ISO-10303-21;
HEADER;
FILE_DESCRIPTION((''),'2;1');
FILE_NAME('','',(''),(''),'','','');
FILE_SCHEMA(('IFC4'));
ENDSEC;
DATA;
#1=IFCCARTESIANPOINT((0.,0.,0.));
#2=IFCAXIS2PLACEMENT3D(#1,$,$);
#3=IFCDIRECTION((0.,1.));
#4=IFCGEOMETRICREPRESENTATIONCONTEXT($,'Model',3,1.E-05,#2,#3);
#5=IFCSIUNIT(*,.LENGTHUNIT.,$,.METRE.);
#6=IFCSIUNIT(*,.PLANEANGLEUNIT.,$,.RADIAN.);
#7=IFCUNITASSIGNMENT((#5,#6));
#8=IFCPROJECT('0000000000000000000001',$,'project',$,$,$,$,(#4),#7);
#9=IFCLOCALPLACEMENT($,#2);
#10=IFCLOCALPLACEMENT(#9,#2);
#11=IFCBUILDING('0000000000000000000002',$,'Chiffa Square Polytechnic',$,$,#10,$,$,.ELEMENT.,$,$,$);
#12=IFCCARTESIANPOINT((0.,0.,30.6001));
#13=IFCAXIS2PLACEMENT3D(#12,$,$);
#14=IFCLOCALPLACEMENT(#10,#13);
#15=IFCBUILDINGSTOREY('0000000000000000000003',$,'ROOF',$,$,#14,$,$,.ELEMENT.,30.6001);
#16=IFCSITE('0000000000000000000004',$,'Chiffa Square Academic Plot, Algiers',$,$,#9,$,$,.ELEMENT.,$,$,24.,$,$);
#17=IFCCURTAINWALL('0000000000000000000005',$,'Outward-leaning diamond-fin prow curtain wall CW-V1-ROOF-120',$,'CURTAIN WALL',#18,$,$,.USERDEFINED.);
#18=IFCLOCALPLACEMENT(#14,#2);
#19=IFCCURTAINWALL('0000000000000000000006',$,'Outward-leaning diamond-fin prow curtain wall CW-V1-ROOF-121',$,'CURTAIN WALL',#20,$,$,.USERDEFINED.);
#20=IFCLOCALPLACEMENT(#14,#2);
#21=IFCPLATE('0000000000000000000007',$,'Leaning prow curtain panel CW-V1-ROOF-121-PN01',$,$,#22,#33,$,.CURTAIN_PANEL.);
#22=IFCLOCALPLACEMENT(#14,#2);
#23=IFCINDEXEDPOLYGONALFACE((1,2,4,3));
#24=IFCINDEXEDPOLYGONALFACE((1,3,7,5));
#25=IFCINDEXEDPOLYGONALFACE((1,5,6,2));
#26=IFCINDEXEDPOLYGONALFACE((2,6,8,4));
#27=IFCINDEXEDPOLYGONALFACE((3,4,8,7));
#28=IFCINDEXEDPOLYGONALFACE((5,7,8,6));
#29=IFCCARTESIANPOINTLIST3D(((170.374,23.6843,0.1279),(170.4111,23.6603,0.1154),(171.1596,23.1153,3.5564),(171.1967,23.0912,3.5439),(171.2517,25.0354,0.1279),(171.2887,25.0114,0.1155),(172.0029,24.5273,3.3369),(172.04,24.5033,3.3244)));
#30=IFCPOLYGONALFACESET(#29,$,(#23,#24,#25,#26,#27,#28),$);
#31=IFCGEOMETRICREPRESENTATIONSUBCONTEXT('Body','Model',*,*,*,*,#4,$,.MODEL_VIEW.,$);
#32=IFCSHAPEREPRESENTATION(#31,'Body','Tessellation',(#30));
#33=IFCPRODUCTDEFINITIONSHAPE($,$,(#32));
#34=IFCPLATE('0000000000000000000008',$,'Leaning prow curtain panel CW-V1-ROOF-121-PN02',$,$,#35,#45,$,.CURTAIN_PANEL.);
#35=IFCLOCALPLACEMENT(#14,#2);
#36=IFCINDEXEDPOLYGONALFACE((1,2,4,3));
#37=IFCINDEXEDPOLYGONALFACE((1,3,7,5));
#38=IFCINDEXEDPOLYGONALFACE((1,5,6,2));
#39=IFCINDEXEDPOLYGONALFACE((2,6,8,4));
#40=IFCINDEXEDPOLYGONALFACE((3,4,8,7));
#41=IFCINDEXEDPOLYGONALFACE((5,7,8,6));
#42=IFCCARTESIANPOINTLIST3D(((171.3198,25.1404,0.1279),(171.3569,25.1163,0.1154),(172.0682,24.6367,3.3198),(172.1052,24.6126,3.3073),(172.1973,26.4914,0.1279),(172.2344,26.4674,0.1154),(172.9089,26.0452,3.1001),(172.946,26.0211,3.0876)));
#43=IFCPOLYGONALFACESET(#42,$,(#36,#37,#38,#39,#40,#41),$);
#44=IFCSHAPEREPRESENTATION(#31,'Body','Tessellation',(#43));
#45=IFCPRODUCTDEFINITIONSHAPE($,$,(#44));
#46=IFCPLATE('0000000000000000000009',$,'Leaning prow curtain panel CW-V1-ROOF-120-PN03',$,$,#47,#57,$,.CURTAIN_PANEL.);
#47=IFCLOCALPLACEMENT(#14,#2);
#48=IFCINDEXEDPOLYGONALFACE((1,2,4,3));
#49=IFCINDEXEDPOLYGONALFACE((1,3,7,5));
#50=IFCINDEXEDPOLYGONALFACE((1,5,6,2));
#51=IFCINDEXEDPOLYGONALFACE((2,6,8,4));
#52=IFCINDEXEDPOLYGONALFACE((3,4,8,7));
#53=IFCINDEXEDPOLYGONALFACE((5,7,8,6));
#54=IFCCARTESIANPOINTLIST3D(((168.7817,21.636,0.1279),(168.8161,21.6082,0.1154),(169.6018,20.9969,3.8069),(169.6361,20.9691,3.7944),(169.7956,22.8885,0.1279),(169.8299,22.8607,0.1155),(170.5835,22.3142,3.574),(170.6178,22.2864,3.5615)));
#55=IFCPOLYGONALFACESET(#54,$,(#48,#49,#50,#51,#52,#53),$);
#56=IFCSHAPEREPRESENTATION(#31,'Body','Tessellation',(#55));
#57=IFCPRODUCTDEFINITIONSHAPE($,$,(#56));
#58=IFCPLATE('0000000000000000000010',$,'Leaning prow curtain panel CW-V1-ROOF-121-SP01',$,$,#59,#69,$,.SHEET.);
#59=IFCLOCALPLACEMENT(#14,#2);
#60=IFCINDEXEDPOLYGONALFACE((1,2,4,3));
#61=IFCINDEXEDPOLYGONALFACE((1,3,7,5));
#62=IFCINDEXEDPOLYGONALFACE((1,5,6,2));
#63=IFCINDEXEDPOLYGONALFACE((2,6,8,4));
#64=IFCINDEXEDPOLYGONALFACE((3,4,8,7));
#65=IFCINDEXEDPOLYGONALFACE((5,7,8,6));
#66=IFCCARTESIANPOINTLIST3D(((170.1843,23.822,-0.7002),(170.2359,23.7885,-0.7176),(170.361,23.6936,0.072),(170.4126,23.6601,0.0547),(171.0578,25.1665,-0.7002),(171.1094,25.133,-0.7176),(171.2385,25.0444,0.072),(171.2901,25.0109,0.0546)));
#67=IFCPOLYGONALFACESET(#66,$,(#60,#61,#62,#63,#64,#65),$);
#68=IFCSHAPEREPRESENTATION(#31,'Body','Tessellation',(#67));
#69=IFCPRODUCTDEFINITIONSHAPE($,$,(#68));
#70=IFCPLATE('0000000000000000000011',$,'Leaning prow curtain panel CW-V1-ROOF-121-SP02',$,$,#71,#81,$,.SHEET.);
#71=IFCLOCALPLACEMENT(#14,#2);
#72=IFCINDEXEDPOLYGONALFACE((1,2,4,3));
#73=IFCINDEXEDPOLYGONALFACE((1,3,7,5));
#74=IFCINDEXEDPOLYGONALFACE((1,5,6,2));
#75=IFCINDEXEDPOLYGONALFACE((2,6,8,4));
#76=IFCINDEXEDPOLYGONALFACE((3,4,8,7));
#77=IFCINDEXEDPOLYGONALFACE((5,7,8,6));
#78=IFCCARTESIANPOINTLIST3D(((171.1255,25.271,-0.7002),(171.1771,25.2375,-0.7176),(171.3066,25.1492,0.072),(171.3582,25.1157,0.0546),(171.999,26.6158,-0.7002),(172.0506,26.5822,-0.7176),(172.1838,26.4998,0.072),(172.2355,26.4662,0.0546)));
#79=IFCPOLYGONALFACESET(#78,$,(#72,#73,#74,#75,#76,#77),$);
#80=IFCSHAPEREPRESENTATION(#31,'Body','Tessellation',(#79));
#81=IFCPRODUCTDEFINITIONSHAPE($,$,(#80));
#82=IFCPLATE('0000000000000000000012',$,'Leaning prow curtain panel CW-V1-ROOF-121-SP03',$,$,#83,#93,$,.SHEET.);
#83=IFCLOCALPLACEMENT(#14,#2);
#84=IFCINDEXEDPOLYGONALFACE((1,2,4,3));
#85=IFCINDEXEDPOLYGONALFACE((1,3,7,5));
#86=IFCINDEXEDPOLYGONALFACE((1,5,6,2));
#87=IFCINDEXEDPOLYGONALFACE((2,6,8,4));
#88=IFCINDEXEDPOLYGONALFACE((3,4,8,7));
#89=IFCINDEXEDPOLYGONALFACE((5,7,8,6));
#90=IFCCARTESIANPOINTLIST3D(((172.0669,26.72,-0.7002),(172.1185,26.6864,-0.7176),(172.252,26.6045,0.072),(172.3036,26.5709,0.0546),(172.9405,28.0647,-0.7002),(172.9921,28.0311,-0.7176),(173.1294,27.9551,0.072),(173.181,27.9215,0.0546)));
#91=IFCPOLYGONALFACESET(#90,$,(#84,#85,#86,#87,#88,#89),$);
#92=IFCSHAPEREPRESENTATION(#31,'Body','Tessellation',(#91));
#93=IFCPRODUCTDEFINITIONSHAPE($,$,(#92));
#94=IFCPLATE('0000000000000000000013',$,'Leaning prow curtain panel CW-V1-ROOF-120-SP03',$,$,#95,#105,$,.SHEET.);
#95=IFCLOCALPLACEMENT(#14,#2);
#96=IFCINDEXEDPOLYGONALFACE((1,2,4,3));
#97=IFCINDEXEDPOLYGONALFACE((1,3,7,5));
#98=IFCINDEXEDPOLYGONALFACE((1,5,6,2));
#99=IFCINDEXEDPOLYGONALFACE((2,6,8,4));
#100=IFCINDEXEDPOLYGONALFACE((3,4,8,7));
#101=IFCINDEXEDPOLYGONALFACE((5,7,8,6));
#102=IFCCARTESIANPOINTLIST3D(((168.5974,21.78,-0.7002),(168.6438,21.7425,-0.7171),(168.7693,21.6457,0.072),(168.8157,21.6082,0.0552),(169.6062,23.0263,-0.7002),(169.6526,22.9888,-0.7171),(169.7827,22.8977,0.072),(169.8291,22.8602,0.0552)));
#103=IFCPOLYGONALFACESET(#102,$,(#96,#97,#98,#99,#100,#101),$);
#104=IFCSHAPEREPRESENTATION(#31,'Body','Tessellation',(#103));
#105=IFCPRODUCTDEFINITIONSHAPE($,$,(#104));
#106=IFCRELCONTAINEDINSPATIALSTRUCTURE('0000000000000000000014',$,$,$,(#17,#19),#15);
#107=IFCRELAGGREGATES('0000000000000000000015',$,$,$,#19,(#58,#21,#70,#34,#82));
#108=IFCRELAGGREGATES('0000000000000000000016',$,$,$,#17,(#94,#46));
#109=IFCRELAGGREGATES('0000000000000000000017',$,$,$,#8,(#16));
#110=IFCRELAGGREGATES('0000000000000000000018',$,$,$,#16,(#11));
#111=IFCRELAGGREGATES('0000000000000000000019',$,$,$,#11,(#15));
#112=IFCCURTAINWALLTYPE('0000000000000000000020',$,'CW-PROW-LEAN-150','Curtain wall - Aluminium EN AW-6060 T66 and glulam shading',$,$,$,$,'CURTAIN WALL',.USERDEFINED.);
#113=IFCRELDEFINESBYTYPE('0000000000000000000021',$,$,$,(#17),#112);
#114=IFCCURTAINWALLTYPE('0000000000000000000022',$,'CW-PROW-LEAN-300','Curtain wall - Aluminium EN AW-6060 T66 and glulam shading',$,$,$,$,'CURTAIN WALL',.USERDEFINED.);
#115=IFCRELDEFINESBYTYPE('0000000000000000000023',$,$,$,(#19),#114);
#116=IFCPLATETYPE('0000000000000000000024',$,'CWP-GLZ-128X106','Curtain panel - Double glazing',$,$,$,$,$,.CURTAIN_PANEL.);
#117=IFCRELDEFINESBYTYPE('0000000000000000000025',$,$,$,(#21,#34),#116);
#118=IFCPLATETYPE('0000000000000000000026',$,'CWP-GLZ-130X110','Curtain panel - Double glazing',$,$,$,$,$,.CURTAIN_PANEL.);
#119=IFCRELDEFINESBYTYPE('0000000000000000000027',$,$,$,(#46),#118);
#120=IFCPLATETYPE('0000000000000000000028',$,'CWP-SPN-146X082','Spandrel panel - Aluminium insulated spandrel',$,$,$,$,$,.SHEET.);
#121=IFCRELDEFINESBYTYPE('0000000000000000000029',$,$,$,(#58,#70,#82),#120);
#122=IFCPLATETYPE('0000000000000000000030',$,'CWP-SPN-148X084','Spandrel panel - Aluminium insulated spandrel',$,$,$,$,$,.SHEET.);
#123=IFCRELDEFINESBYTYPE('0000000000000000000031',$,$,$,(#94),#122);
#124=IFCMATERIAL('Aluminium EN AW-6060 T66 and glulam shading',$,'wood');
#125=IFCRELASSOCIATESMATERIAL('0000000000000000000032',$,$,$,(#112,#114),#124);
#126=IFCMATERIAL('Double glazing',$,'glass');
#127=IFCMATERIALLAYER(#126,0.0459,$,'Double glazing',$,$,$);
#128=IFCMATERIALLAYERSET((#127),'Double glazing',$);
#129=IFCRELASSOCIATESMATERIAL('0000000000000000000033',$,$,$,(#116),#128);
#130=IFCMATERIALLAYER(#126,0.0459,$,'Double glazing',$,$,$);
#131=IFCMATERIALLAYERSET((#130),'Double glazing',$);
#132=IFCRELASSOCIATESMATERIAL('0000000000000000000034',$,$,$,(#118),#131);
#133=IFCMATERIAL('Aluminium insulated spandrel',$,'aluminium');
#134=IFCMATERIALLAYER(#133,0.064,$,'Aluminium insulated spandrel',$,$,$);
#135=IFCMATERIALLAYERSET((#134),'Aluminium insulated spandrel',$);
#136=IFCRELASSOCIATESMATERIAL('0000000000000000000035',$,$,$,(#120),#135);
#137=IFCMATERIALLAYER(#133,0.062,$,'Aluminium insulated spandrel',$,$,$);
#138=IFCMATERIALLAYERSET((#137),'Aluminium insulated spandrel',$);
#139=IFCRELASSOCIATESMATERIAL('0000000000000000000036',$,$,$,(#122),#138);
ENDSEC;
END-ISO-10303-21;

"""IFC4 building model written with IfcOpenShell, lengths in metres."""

from ifc_helpers import new_model, si_unit, direction, frame, origin, place, context, subcontext, project, spatial, polyline, outline, extrude, material, layer, layer_set, type_object, element, aggregate, save


model = new_model("IFC4")

# Units and contexts
model_context = context("Model", 3, precision=1e-05, world=origin(), true_north=direction((0.0, 1.0)))
body_context = subcontext(model_context, "Body", "Model", "MODEL_VIEW")
ifc_project = project(units=[si_unit("LENGTHUNIT", "METRE"), si_unit("PLANEANGLEUNIT", "RADIAN")], contexts=[model_context])

# Site, building, storey
site_placement = place(None, origin())
site = spatial("IfcSite", under=ifc_project, at=site_placement, Name="Chiffa Square Academic Plot, Algiers", CompositionType="ELEMENT", RefElevation=24.0)
building_placement = place(site_placement, origin())
building = spatial("IfcBuilding", under=site, at=building_placement, Name="Chiffa Square Polytechnic", CompositionType="ELEMENT")
storey_placement = place(building_placement, frame((0.0, 0.0, 30.6001)))
storey = spatial("IfcBuildingStorey", under=building, at=storey_placement, Name="ROOF", CompositionType="ELEMENT", Elevation=30.6001)

# Curtain walls
ifc_material_1 = material(Name="Aluminium EN AW-6060 T66 and glulam shading", Category="wood")
curtain_wall_type_1 = type_object("IfcCurtainWallType", Name="CW-PROW-LEAN-150", Description="Curtain wall - Aluminium EN AW-6060 T66 and glulam shading", ElementType="CURTAIN WALL", PredefinedType="USERDEFINED", material=ifc_material_1)
curtain_wall_1_placement = place(storey_placement, origin())
curtain_wall_1 = element("IfcCurtainWall", 1, at=curtain_wall_1_placement, inside=storey, type_object=curtain_wall_type_1, Name="Outward-leaning diamond-fin prow curtain wall CW-V1-ROOF-120", ObjectType="CURTAIN WALL", PredefinedType="USERDEFINED")
curtain_wall_type_2 = type_object("IfcCurtainWallType", Name="CW-PROW-LEAN-300", Description="Curtain wall - Aluminium EN AW-6060 T66 and glulam shading", ElementType="CURTAIN WALL", PredefinedType="USERDEFINED", material=ifc_material_1)
curtain_wall_2_placement = place(storey_placement, origin())
curtain_wall_2 = element("IfcCurtainWall", 2, at=curtain_wall_2_placement, inside=storey, type_object=curtain_wall_type_2, Name="Outward-leaning diamond-fin prow curtain wall CW-V1-ROOF-121", ObjectType="CURTAIN WALL", PredefinedType="USERDEFINED")

# Plates
ifc_material_2 = material(Name="Double glazing", Category="glass")
ifc_layer_1 = layer(ifc_material_2, 0.0459, Name="Double glazing")
ifc_layer_set_1 = layer_set([ifc_layer_1], Name="Double glazing")
plate_type_1 = type_object("IfcPlateType", Name="CWP-GLZ-128X106", Description="Curtain panel - Double glazing", PredefinedType="CURTAIN_PANEL", material=ifc_layer_set_1)
plate_1_placement = place(storey_placement, frame((170.374, 23.6843, 0.1279), z_axis=(-0.807004, 0.524213, 0.271928), x_axis=(0.544742, 0.838604, 0.000008)))
plate_1 = element("IfcPlate", 3, at=plate_1_placement, type_object=plate_type_1, Name="Leaning prow curtain panel CW-V1-ROOF-121-PN01", PredefinedType="CURTAIN_PANEL", context=body_context, shape_type="SweptSolid", body=[
    extrude(outline(polyline([(0.0, 0.0), (1.6111, 0.0), (1.5943, -3.3346), (-0.0492, -3.5627), (0.0, 0.0)])), origin(), (0.0, 0.0, -1.0), 0.0459),
])
plate_2_placement = place(storey_placement, frame((171.3198, 25.1404, 0.1279), z_axis=(-0.807035, 0.524166, 0.271927), x_axis=(0.544689, 0.838638, -0.00001)))
plate_2 = element("IfcPlate", 4, at=plate_2_placement, type_object=plate_type_1, Name="Leaning prow curtain panel CW-V1-ROOF-121-PN02", PredefinedType="CURTAIN_PANEL", context=body_context, shape_type="SweptSolid", body=[
    extrude(outline(polyline([(0.0, 0.0), (1.611, 0.0), (1.6243, -3.0886), (-0.0148, -3.3169), (0.0, 0.0)])), origin(), (0.0, 0.0, -1.0), 0.0459),
])
ifc_layer_2 = layer(ifc_material_2, 0.0459, Name="Double glazing")
ifc_layer_set_2 = layer_set([ifc_layer_2], Name="Double glazing")
plate_type_2 = type_object("IfcPlateType", Name="CWP-GLZ-130X110", Description="Curtain panel - Double glazing", PredefinedType="CURTAIN_PANEL", material=ifc_layer_set_2)
plate_3_placement = place(storey_placement, frame((168.7817, 21.636, 0.1279), z_axis=(-0.747969, 0.605482, 0.271908), x_axis=(0.629189, 0.777252, 0.000008)))
plate_3 = element("IfcPlate", 5, at=plate_3_placement, type_object=plate_type_2, Name="Leaning prow curtain panel CW-V1-ROOF-120-PN03", PredefinedType="CURTAIN_PANEL", context=body_context, shape_type="SweptSolid", body=[
    extrude(outline(polyline([(0.0, 0.0), (1.6114, 0.0), (1.6608, -3.581), (0.0192, -3.823), (0.0, 0.0)])), origin(), (0.0, 0.0, -1.0), 0.0459),
])
ifc_material_3 = material(Name="Aluminium insulated spandrel", Category="aluminium")
ifc_layer_3 = layer(ifc_material_3, 0.064, Name="Aluminium insulated spandrel")
ifc_layer_set_3 = layer_set([ifc_layer_3], Name="Aluminium insulated spandrel")
plate_type_3 = type_object("IfcPlateType", Name="CWP-SPN-146X082", Description="Spandrel panel - Aluminium insulated spandrel", PredefinedType="SHEET", material=ifc_layer_set_3)
plate_4_placement = place(storey_placement, frame((170.1843, 23.822, -0.7002), z_axis=(-0.807014, 0.524267, 0.271794), x_axis=(0.544778, 0.83858, 0.000015)))
plate_4 = element("IfcPlate", 6, at=plate_4_placement, type_object=plate_type_3, Name="Leaning prow curtain panel CW-V1-ROOF-121-SP01", PredefinedType="SHEET", context=body_context, shape_type="SweptSolid", body=[
    extrude(outline(polyline([(0.0, 0.0), (1.6033, 0.0), (1.5994, -0.8024), (-0.0114, -0.8024), (0.0, 0.0)])), origin(), (0.0, 0.0, -1.0), 0.064),
])
plate_5_placement = place(storey_placement, frame((171.1255, 25.271, -0.7002), z_axis=(-0.807014, 0.524193, 0.271938), x_axis=(0.544724, 0.838616, 0.00001)))
plate_5 = element("IfcPlate", 7, at=plate_5_placement, type_object=plate_type_3, Name="Leaning prow curtain panel CW-V1-ROOF-121-SP02", PredefinedType="SHEET", context=body_context, shape_type="SweptSolid", body=[
    extrude(outline(polyline([(0.0, 0.0), (1.6035, 0.0), (1.607, -0.8024), (-0.0035, -0.8025), (0.0, 0.0)])), origin(), (0.0, 0.0, -1.0), 0.064),
])
plate_6_placement = place(storey_placement, frame((172.0669, 26.72, -0.7002), z_axis=(-0.807002, 0.524259, 0.271845), x_axis=(0.544773, 0.838583, -0.000007)))
plate_6 = element("IfcPlate", 8, at=plate_6_placement, type_object=plate_type_3, Name="Leaning prow curtain panel CW-V1-ROOF-121-SP03", PredefinedType="SHEET", context=body_context, shape_type="SweptSolid", body=[
    extrude(outline(polyline([(0.0, 0.0), (1.6035, 0.0), (1.6146, -0.8024), (0.004, -0.8024), (0.0, 0.0)])), origin(), (0.0, 0.0, -1.0), 0.064),
])
aggregate(curtain_wall_2, [plate_4, plate_1, plate_5, plate_2, plate_6])
ifc_layer_4 = layer(ifc_material_3, 0.062, Name="Aluminium insulated spandrel")
ifc_layer_set_4 = layer_set([ifc_layer_4], Name="Aluminium insulated spandrel")
plate_type_4 = type_object("IfcPlateType", Name="CWP-SPN-148X084", Description="Spandrel panel - Aluminium insulated spandrel", PredefinedType="SHEET", material=ifc_layer_set_4)
plate_7_placement = place(storey_placement, frame((168.5974, 21.78, -0.7002), z_axis=(-0.748012, 0.605471, 0.271815), x_axis=(0.629158, 0.777278, -0.000006)))
plate_7 = element("IfcPlate", 9, at=plate_7_placement, type_object=plate_type_4, Name="Leaning prow curtain panel CW-V1-ROOF-120-SP03", PredefinedType="SHEET", context=body_context, shape_type="SweptSolid", body=[
    extrude(outline(polyline([(0.0, 0.0), (1.6034, 0.0), (1.6145, -0.8024), (0.0038, -0.8024), (0.0, 0.0)])), origin(), (0.0, 0.0, -1.0), 0.062),
])
aggregate(curtain_wall_1, [plate_7, plate_3])

save(model, "model.ifc")
